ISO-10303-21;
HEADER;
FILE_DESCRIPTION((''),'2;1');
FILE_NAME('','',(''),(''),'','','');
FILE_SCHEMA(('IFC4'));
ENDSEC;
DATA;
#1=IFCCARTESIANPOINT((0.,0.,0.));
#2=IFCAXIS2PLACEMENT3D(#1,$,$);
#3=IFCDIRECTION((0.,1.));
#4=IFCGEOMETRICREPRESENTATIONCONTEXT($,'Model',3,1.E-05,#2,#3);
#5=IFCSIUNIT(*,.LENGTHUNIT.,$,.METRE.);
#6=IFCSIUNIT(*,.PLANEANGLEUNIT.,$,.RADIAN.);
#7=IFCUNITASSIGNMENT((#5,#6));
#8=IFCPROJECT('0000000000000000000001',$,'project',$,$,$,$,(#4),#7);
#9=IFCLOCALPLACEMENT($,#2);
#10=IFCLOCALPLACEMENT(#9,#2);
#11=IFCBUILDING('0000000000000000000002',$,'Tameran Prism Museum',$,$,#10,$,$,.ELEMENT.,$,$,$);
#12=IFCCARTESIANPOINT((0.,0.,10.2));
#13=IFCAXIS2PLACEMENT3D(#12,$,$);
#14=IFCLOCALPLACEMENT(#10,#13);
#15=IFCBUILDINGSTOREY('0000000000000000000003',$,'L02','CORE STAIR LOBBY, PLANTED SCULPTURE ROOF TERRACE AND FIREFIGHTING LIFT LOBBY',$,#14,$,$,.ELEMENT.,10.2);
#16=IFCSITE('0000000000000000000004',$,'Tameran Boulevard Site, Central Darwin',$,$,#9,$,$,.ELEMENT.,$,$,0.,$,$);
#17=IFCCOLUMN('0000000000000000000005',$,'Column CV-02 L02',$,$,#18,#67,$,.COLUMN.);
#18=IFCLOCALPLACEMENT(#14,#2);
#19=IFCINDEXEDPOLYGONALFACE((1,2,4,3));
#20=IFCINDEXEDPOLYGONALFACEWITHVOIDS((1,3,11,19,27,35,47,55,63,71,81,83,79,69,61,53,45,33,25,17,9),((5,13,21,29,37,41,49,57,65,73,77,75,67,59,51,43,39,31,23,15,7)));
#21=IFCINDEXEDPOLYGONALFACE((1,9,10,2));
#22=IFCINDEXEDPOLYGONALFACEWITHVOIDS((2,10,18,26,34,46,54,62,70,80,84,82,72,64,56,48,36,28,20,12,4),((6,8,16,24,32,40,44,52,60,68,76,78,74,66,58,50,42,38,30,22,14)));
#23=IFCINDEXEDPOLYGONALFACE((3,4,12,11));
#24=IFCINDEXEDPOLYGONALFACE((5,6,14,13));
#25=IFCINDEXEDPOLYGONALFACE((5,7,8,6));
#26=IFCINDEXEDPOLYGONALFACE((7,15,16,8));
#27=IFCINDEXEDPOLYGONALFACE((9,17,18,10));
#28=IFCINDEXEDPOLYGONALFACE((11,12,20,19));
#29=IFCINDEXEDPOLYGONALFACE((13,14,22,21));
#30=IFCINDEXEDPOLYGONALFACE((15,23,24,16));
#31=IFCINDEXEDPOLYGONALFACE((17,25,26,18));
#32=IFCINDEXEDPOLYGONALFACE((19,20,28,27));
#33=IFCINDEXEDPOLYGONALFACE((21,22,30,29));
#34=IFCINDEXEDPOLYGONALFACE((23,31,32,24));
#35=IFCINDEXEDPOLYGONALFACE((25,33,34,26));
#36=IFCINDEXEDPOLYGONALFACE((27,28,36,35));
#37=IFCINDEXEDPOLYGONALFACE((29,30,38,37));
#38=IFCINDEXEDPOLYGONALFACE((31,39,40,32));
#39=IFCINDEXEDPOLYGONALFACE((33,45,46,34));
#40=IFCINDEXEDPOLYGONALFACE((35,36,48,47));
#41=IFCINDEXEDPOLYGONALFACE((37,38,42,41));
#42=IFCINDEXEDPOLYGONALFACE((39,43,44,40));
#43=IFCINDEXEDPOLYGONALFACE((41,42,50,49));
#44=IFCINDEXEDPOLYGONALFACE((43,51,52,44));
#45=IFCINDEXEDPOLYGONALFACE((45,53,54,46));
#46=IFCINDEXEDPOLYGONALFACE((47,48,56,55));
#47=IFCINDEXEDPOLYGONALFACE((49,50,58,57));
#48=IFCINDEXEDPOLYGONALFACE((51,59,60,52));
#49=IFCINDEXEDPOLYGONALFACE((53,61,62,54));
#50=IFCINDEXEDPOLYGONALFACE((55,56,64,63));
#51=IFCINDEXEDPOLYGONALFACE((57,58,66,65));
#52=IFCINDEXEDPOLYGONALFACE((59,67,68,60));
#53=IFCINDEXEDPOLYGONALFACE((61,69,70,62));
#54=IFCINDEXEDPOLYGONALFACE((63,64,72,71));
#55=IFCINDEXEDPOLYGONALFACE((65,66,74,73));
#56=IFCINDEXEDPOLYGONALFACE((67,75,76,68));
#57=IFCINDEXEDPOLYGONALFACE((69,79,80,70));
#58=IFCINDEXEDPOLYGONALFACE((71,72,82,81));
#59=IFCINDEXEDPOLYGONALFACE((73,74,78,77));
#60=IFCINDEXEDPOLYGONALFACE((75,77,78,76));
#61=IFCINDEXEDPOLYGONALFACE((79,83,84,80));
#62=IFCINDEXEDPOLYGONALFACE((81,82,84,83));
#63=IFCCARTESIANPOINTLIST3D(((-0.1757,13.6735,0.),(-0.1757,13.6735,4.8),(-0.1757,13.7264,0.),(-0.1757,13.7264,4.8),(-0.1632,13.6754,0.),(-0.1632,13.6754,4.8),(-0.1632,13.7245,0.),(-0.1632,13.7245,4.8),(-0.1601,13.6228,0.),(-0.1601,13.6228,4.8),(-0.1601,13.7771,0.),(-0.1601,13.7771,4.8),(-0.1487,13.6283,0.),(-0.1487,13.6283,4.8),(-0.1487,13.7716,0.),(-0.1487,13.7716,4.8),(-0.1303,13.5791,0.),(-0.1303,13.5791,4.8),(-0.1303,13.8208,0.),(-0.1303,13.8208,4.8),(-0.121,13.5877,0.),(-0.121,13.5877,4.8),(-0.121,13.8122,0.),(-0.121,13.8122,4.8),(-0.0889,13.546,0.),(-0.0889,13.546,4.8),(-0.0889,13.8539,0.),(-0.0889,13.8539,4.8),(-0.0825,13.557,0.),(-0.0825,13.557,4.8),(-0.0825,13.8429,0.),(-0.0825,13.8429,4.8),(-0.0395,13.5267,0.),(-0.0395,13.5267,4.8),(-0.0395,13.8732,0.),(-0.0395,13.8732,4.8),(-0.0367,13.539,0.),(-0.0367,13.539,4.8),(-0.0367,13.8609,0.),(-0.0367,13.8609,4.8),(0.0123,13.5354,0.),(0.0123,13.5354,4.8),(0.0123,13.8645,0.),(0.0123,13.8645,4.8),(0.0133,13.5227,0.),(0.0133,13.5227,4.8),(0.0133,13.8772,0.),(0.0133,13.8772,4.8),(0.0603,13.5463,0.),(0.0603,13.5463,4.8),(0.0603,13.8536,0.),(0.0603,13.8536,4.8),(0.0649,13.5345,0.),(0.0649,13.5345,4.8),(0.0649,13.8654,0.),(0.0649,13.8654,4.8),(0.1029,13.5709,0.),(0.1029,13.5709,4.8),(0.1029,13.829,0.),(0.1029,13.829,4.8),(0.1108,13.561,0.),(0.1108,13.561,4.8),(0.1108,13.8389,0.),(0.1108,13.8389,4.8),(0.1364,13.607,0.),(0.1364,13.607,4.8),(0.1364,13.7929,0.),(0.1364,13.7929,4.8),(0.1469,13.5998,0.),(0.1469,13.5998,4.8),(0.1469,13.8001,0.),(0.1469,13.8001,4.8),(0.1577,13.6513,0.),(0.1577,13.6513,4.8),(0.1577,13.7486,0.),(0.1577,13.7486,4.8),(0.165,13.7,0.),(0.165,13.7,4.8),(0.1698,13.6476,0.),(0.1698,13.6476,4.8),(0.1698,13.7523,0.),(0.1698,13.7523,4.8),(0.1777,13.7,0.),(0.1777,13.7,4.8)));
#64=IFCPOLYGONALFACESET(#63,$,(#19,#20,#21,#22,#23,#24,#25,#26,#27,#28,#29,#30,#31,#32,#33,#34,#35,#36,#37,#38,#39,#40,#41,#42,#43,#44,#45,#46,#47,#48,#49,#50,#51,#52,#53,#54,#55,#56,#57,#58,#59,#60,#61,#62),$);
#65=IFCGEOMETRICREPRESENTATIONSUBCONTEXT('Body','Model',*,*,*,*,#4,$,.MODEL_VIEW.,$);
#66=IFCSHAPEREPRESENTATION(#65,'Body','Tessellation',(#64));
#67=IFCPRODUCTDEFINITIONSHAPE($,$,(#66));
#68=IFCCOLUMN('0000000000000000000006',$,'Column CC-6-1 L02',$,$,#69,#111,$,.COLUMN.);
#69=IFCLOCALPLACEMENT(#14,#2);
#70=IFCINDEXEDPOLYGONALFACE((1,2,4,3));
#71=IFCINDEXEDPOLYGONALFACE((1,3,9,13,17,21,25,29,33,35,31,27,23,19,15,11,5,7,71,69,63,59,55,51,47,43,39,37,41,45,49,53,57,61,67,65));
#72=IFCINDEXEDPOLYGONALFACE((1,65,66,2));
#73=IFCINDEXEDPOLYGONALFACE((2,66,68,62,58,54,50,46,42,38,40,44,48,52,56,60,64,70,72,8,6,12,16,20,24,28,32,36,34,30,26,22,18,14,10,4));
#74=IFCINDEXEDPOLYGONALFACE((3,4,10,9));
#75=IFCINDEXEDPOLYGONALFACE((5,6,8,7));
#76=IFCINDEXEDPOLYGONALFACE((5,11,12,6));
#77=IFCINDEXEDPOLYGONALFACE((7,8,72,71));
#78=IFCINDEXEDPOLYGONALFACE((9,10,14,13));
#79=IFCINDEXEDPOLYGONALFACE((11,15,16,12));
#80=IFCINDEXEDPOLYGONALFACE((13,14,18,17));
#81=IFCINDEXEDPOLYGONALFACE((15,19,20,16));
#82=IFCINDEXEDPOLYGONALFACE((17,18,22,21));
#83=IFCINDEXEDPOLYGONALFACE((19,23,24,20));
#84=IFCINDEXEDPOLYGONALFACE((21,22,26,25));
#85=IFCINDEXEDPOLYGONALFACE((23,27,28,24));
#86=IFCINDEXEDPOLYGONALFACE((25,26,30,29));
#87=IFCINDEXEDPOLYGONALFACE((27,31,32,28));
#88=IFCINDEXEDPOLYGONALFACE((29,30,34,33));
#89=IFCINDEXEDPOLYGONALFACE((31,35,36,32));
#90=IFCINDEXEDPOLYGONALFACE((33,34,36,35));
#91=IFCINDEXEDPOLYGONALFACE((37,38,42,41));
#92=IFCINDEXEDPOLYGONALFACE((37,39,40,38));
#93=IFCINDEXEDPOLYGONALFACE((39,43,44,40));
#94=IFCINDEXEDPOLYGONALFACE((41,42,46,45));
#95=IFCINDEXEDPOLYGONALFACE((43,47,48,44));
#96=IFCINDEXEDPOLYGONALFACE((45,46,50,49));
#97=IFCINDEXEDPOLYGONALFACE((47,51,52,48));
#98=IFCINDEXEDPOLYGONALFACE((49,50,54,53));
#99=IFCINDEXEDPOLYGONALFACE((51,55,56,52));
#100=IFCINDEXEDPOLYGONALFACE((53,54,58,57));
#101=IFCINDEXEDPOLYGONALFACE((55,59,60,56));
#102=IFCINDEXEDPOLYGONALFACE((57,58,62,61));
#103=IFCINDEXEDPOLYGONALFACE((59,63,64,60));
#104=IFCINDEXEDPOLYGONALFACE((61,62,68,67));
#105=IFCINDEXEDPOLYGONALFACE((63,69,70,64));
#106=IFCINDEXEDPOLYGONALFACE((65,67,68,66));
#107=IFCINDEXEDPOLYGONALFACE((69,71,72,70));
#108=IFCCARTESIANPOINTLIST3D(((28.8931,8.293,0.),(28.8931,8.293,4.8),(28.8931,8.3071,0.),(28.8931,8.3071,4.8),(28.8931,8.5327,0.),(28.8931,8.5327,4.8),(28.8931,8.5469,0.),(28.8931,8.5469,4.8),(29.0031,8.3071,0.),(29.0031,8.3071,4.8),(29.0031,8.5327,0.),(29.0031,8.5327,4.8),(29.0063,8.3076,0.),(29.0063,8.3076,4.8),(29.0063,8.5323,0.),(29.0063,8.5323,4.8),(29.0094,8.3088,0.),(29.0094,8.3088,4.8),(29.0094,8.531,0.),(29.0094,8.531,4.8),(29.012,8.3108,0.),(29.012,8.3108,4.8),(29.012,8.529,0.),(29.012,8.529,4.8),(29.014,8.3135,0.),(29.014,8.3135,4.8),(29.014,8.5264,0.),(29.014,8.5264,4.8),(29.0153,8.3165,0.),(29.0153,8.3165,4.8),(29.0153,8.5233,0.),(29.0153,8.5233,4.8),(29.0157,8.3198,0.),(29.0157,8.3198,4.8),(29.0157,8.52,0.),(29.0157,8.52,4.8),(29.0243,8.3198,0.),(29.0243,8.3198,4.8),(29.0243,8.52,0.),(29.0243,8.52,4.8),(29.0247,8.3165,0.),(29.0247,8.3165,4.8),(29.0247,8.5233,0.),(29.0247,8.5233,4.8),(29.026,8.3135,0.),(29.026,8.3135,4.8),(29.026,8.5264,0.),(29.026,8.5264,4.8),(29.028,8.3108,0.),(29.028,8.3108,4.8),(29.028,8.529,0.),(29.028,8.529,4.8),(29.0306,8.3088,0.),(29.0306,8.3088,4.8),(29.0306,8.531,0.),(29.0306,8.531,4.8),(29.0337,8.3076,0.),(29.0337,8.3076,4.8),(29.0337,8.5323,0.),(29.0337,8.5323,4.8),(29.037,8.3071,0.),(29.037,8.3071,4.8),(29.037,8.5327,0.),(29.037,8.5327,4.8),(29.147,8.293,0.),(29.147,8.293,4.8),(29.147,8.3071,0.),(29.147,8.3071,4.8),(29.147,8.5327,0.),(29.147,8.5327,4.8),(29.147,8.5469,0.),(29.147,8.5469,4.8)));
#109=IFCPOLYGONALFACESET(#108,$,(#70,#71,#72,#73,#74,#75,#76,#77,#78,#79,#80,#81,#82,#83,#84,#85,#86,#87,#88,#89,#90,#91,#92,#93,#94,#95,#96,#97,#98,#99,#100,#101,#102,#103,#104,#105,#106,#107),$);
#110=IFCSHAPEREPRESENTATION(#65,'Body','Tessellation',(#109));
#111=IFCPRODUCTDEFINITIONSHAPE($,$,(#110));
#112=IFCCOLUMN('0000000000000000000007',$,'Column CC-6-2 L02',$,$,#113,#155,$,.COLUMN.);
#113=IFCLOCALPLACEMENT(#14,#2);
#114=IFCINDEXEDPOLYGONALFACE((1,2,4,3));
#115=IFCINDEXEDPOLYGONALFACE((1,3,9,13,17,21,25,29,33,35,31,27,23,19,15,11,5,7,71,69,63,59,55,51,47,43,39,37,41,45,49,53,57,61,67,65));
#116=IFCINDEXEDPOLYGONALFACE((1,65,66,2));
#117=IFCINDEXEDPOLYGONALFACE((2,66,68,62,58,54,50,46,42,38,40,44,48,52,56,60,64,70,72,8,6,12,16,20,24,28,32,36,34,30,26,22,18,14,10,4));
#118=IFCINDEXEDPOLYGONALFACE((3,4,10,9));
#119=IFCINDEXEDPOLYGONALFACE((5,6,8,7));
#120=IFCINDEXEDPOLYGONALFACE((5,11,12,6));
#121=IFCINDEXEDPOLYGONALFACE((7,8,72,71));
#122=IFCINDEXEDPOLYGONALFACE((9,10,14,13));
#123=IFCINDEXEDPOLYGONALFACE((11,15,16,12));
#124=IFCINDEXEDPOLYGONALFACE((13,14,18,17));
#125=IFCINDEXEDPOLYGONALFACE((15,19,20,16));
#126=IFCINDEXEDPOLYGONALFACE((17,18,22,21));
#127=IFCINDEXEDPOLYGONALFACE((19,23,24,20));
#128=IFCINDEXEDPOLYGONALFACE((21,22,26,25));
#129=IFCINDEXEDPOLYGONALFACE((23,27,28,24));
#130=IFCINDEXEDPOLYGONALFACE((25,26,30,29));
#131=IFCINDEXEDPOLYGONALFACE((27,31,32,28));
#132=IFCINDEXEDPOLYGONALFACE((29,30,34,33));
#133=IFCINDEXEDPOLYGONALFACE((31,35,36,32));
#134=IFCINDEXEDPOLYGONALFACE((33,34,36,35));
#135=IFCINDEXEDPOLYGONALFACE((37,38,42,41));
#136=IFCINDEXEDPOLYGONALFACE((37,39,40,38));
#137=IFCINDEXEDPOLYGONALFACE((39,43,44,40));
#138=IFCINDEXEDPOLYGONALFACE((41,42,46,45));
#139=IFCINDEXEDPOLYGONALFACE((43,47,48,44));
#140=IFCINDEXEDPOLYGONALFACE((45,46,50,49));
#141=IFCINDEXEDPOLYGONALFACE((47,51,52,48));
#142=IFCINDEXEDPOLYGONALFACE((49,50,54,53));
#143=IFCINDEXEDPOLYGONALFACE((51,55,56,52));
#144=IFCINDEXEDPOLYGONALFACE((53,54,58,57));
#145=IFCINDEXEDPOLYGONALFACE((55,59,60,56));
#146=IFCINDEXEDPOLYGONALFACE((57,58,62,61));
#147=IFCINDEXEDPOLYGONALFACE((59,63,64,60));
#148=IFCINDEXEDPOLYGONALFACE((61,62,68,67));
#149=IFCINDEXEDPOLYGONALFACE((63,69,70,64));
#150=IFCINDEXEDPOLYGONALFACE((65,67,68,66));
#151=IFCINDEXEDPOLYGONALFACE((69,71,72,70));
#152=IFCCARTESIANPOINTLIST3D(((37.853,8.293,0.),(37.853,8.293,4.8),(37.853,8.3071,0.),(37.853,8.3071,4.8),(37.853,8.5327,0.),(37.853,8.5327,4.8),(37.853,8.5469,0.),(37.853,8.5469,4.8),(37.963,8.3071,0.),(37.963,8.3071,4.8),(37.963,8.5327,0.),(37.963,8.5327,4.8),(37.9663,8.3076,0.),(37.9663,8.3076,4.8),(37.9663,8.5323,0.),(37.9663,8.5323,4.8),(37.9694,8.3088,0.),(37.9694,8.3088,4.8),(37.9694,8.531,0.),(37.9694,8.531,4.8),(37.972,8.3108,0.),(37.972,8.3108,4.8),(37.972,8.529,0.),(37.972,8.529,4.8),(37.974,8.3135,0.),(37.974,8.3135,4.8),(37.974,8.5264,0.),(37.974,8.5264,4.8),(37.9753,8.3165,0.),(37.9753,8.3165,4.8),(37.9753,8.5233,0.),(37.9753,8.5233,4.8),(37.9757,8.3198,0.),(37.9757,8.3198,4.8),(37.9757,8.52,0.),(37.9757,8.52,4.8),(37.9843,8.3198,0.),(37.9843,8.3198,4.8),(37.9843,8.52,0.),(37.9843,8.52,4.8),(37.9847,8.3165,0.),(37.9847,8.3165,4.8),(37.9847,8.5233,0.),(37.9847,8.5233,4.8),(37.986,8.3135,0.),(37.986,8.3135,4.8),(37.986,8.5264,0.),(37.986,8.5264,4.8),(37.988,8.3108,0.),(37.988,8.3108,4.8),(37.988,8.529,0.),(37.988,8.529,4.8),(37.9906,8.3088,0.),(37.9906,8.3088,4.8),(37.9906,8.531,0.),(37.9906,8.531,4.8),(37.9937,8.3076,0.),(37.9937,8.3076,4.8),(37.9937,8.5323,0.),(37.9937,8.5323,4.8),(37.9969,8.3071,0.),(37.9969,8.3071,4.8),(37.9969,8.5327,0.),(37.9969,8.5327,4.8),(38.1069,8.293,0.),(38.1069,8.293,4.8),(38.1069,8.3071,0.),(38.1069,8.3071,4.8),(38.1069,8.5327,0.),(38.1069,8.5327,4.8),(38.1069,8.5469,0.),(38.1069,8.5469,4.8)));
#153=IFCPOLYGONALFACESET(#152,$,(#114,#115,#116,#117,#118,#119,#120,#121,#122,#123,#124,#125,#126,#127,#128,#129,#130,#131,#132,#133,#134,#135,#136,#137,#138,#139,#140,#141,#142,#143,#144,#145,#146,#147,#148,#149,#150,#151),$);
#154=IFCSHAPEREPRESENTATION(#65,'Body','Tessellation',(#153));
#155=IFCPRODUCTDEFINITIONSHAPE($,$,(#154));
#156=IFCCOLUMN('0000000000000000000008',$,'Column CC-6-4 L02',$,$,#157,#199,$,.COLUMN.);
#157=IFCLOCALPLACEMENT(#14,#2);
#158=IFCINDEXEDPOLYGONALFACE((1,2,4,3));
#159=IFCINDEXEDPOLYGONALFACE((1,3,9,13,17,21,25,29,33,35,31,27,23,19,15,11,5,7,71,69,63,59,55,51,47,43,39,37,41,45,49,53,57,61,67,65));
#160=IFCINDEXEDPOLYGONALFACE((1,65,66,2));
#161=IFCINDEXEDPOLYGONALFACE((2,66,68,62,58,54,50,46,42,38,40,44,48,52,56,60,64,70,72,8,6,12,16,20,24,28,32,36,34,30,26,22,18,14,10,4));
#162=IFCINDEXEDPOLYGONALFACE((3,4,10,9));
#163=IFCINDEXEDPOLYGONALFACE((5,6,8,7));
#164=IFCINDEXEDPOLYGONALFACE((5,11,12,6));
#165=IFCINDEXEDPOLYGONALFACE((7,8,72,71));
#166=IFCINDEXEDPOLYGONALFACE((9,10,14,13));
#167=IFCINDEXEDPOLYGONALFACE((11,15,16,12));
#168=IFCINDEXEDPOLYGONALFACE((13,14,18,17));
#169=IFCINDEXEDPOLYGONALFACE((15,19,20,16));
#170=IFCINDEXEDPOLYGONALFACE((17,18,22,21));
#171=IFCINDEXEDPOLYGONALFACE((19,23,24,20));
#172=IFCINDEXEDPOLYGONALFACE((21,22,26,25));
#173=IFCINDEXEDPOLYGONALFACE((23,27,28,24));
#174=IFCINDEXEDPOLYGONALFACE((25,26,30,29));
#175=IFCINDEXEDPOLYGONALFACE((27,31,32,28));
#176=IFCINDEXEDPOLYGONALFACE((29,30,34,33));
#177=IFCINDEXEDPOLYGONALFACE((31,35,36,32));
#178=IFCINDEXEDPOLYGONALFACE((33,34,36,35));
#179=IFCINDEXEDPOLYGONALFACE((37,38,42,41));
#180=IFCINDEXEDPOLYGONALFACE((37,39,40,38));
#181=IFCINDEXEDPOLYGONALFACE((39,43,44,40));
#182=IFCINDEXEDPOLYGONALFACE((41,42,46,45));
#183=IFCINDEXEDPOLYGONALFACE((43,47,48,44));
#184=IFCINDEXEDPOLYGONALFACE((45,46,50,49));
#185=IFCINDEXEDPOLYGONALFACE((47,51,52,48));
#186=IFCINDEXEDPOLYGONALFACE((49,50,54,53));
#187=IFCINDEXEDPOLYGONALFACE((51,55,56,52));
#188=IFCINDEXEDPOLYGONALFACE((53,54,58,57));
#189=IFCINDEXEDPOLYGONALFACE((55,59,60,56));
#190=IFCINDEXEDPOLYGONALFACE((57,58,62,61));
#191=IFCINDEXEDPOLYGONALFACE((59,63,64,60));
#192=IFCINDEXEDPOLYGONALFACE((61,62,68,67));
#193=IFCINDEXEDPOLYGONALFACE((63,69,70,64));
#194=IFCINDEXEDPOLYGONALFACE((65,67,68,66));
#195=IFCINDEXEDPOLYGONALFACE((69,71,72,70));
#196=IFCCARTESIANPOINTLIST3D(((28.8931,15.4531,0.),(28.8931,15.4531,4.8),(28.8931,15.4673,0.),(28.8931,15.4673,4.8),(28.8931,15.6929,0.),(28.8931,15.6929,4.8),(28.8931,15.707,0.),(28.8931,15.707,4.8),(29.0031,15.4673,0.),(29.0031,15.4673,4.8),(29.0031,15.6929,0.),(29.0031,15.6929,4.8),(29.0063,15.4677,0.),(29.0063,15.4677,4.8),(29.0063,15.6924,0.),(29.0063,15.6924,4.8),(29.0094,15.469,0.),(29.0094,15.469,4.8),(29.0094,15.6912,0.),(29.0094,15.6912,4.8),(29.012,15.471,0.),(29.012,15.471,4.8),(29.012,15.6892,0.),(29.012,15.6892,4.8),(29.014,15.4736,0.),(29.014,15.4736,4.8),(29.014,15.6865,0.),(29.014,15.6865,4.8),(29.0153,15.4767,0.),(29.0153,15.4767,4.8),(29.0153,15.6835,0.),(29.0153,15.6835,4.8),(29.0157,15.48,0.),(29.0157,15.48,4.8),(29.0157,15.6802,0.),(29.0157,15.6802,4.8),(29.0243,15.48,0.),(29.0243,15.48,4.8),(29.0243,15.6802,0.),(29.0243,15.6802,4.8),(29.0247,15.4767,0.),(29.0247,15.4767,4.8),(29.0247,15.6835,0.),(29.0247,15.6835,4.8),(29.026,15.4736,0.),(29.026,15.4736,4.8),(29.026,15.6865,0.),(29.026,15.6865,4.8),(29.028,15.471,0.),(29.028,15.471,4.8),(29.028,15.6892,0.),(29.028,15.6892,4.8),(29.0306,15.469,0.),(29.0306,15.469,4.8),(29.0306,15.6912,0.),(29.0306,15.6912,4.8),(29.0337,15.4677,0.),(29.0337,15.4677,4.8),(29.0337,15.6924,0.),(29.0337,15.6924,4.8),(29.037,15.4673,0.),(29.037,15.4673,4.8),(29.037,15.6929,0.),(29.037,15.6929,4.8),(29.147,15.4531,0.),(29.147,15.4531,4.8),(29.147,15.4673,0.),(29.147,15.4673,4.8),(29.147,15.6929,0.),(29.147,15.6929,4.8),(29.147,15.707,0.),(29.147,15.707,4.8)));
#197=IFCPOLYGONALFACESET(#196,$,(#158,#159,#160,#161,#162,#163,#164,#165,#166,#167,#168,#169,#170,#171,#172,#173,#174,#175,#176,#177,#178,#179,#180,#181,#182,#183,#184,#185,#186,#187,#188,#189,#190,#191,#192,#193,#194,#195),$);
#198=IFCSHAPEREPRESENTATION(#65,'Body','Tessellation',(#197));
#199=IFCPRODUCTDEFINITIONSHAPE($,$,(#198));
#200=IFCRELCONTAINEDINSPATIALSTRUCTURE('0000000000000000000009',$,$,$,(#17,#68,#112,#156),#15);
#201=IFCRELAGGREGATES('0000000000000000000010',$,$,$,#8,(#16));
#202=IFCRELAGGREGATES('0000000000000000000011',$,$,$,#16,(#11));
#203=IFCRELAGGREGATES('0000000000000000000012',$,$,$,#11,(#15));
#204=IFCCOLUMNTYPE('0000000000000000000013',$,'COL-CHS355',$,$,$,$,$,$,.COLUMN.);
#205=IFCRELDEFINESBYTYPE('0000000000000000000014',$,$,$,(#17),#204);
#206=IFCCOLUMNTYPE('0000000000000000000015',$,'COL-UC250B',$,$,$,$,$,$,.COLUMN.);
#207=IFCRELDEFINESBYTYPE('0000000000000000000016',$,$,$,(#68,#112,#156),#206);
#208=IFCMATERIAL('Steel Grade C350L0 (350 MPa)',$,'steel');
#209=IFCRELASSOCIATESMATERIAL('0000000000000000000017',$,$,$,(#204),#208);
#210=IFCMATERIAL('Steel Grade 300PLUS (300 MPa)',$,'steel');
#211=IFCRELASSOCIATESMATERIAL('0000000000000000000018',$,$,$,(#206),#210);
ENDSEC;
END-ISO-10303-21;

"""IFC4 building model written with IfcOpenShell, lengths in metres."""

from ifc_helpers import new_model, si_unit, direction, frame, origin, origin_2d, place, context, subcontext, project, spatial, hollow_circle, i_section, extrude, material, material_profile, profile_set, type_object, element, save


model = new_model("IFC4")

# Units and contexts
model_context = context("Model", 3, precision=1e-05, world=origin(), true_north=direction((0.0, 1.0)))
body_context = subcontext(model_context, "Body", "Model", "MODEL_VIEW")
ifc_project = project(units=[si_unit("LENGTHUNIT", "METRE"), si_unit("PLANEANGLEUNIT", "RADIAN")], contexts=[model_context])

# Site, building, storey
site_placement = place(None, origin())
site = spatial("IfcSite", under=ifc_project, at=site_placement, Name="Tameran Boulevard Site, Central Darwin", CompositionType="ELEMENT", RefElevation=0.0)
building_placement = place(site_placement, origin())
building = spatial("IfcBuilding", under=site, at=building_placement, Name="Tameran Prism Museum", CompositionType="ELEMENT")
storey_placement = place(building_placement, frame((0.0, 0.0, 10.2)))
storey = spatial("IfcBuildingStorey", under=building, at=storey_placement, Name="L02", Description="CORE STAIR LOBBY, PLANTED SCULPTURE ROOF TERRACE AND FIREFIGHTING LIFT LOBBY", CompositionType="ELEMENT", Elevation=10.2)

# Columns
ifc_material_1 = material(Name="Steel Grade C350L0 (350 MPa)", Category="steel")
ifc_material_profile_1 = material_profile(ifc_material_1, hollow_circle(Radius=0.1777, WallThickness=0.0127, at=origin_2d()))
ifc_profile_set_1 = profile_set([ifc_material_profile_1])
column_type_1 = type_object("IfcColumnType", Name="COL-CHS355", PredefinedType="COLUMN", material=ifc_profile_set_1)
column_placement = place(storey_placement, frame((0.0, 13.7, 0.0), z_axis=(0.0, 0.0, 1.0), x_axis=(1.0, 0.0, 0.0)))
element("IfcColumn", 1, at=column_placement, inside=storey, type_object=column_type_1, Name="Column CV-02 L02", PredefinedType="COLUMN", context=body_context, shape_type="SweptSolid", body=[
    extrude(hollow_circle(Radius=0.1777, WallThickness=0.0127, at=origin_2d()), origin(), (0.0, 0.0, 1.0), 4.8),
])
ifc_material_2 = material(Name="Steel Grade 300PLUS (300 MPa)", Category="steel")
ifc_material_profile_2 = material_profile(ifc_material_2, i_section(OverallWidth=0.2539, OverallDepth=0.2539, WebThickness=0.0085, FlangeThickness=0.0142, FilletRadius=0.0127, at=origin_2d()))
ifc_profile_set_2 = profile_set([ifc_material_profile_2])
column_type_2 = type_object("IfcColumnType", Name="COL-UC250B", PredefinedType="COLUMN", material=ifc_profile_set_2)
for number, where, z_axis, x_axis, name in (
    (2, (29.02, 8.4199, 0.0), (0.0, 0.0, 1.0), (1.0, 0.0, 0.0), "Column CC-6-1 L02"),
    (3, (37.98, 8.4199, 0.0), (0.0, 0.0, 1.0), (1.0, 0.0, 0.0), "Column CC-6-2 L02"),
    (4, (29.02, 15.5801, 0.0), (0.0, 0.0, 1.0), (1.0, 0.0, 0.0), "Column CC-6-4 L02"),
):
    element("IfcColumn", number, at=place(storey_placement, frame(where, z_axis=z_axis, x_axis=x_axis)), inside=storey, type_object=column_type_2, Name=name, PredefinedType="COLUMN", context=body_context, shape_type="SweptSolid", body=[
        extrude(i_section(OverallWidth=0.2539, OverallDepth=0.2539, WebThickness=0.0085, FlangeThickness=0.0142, FilletRadius=0.0127, at=origin_2d()), origin(), (0.0, 0.0, 1.0), 4.8),
    ])

save(model, "model.ifc")
